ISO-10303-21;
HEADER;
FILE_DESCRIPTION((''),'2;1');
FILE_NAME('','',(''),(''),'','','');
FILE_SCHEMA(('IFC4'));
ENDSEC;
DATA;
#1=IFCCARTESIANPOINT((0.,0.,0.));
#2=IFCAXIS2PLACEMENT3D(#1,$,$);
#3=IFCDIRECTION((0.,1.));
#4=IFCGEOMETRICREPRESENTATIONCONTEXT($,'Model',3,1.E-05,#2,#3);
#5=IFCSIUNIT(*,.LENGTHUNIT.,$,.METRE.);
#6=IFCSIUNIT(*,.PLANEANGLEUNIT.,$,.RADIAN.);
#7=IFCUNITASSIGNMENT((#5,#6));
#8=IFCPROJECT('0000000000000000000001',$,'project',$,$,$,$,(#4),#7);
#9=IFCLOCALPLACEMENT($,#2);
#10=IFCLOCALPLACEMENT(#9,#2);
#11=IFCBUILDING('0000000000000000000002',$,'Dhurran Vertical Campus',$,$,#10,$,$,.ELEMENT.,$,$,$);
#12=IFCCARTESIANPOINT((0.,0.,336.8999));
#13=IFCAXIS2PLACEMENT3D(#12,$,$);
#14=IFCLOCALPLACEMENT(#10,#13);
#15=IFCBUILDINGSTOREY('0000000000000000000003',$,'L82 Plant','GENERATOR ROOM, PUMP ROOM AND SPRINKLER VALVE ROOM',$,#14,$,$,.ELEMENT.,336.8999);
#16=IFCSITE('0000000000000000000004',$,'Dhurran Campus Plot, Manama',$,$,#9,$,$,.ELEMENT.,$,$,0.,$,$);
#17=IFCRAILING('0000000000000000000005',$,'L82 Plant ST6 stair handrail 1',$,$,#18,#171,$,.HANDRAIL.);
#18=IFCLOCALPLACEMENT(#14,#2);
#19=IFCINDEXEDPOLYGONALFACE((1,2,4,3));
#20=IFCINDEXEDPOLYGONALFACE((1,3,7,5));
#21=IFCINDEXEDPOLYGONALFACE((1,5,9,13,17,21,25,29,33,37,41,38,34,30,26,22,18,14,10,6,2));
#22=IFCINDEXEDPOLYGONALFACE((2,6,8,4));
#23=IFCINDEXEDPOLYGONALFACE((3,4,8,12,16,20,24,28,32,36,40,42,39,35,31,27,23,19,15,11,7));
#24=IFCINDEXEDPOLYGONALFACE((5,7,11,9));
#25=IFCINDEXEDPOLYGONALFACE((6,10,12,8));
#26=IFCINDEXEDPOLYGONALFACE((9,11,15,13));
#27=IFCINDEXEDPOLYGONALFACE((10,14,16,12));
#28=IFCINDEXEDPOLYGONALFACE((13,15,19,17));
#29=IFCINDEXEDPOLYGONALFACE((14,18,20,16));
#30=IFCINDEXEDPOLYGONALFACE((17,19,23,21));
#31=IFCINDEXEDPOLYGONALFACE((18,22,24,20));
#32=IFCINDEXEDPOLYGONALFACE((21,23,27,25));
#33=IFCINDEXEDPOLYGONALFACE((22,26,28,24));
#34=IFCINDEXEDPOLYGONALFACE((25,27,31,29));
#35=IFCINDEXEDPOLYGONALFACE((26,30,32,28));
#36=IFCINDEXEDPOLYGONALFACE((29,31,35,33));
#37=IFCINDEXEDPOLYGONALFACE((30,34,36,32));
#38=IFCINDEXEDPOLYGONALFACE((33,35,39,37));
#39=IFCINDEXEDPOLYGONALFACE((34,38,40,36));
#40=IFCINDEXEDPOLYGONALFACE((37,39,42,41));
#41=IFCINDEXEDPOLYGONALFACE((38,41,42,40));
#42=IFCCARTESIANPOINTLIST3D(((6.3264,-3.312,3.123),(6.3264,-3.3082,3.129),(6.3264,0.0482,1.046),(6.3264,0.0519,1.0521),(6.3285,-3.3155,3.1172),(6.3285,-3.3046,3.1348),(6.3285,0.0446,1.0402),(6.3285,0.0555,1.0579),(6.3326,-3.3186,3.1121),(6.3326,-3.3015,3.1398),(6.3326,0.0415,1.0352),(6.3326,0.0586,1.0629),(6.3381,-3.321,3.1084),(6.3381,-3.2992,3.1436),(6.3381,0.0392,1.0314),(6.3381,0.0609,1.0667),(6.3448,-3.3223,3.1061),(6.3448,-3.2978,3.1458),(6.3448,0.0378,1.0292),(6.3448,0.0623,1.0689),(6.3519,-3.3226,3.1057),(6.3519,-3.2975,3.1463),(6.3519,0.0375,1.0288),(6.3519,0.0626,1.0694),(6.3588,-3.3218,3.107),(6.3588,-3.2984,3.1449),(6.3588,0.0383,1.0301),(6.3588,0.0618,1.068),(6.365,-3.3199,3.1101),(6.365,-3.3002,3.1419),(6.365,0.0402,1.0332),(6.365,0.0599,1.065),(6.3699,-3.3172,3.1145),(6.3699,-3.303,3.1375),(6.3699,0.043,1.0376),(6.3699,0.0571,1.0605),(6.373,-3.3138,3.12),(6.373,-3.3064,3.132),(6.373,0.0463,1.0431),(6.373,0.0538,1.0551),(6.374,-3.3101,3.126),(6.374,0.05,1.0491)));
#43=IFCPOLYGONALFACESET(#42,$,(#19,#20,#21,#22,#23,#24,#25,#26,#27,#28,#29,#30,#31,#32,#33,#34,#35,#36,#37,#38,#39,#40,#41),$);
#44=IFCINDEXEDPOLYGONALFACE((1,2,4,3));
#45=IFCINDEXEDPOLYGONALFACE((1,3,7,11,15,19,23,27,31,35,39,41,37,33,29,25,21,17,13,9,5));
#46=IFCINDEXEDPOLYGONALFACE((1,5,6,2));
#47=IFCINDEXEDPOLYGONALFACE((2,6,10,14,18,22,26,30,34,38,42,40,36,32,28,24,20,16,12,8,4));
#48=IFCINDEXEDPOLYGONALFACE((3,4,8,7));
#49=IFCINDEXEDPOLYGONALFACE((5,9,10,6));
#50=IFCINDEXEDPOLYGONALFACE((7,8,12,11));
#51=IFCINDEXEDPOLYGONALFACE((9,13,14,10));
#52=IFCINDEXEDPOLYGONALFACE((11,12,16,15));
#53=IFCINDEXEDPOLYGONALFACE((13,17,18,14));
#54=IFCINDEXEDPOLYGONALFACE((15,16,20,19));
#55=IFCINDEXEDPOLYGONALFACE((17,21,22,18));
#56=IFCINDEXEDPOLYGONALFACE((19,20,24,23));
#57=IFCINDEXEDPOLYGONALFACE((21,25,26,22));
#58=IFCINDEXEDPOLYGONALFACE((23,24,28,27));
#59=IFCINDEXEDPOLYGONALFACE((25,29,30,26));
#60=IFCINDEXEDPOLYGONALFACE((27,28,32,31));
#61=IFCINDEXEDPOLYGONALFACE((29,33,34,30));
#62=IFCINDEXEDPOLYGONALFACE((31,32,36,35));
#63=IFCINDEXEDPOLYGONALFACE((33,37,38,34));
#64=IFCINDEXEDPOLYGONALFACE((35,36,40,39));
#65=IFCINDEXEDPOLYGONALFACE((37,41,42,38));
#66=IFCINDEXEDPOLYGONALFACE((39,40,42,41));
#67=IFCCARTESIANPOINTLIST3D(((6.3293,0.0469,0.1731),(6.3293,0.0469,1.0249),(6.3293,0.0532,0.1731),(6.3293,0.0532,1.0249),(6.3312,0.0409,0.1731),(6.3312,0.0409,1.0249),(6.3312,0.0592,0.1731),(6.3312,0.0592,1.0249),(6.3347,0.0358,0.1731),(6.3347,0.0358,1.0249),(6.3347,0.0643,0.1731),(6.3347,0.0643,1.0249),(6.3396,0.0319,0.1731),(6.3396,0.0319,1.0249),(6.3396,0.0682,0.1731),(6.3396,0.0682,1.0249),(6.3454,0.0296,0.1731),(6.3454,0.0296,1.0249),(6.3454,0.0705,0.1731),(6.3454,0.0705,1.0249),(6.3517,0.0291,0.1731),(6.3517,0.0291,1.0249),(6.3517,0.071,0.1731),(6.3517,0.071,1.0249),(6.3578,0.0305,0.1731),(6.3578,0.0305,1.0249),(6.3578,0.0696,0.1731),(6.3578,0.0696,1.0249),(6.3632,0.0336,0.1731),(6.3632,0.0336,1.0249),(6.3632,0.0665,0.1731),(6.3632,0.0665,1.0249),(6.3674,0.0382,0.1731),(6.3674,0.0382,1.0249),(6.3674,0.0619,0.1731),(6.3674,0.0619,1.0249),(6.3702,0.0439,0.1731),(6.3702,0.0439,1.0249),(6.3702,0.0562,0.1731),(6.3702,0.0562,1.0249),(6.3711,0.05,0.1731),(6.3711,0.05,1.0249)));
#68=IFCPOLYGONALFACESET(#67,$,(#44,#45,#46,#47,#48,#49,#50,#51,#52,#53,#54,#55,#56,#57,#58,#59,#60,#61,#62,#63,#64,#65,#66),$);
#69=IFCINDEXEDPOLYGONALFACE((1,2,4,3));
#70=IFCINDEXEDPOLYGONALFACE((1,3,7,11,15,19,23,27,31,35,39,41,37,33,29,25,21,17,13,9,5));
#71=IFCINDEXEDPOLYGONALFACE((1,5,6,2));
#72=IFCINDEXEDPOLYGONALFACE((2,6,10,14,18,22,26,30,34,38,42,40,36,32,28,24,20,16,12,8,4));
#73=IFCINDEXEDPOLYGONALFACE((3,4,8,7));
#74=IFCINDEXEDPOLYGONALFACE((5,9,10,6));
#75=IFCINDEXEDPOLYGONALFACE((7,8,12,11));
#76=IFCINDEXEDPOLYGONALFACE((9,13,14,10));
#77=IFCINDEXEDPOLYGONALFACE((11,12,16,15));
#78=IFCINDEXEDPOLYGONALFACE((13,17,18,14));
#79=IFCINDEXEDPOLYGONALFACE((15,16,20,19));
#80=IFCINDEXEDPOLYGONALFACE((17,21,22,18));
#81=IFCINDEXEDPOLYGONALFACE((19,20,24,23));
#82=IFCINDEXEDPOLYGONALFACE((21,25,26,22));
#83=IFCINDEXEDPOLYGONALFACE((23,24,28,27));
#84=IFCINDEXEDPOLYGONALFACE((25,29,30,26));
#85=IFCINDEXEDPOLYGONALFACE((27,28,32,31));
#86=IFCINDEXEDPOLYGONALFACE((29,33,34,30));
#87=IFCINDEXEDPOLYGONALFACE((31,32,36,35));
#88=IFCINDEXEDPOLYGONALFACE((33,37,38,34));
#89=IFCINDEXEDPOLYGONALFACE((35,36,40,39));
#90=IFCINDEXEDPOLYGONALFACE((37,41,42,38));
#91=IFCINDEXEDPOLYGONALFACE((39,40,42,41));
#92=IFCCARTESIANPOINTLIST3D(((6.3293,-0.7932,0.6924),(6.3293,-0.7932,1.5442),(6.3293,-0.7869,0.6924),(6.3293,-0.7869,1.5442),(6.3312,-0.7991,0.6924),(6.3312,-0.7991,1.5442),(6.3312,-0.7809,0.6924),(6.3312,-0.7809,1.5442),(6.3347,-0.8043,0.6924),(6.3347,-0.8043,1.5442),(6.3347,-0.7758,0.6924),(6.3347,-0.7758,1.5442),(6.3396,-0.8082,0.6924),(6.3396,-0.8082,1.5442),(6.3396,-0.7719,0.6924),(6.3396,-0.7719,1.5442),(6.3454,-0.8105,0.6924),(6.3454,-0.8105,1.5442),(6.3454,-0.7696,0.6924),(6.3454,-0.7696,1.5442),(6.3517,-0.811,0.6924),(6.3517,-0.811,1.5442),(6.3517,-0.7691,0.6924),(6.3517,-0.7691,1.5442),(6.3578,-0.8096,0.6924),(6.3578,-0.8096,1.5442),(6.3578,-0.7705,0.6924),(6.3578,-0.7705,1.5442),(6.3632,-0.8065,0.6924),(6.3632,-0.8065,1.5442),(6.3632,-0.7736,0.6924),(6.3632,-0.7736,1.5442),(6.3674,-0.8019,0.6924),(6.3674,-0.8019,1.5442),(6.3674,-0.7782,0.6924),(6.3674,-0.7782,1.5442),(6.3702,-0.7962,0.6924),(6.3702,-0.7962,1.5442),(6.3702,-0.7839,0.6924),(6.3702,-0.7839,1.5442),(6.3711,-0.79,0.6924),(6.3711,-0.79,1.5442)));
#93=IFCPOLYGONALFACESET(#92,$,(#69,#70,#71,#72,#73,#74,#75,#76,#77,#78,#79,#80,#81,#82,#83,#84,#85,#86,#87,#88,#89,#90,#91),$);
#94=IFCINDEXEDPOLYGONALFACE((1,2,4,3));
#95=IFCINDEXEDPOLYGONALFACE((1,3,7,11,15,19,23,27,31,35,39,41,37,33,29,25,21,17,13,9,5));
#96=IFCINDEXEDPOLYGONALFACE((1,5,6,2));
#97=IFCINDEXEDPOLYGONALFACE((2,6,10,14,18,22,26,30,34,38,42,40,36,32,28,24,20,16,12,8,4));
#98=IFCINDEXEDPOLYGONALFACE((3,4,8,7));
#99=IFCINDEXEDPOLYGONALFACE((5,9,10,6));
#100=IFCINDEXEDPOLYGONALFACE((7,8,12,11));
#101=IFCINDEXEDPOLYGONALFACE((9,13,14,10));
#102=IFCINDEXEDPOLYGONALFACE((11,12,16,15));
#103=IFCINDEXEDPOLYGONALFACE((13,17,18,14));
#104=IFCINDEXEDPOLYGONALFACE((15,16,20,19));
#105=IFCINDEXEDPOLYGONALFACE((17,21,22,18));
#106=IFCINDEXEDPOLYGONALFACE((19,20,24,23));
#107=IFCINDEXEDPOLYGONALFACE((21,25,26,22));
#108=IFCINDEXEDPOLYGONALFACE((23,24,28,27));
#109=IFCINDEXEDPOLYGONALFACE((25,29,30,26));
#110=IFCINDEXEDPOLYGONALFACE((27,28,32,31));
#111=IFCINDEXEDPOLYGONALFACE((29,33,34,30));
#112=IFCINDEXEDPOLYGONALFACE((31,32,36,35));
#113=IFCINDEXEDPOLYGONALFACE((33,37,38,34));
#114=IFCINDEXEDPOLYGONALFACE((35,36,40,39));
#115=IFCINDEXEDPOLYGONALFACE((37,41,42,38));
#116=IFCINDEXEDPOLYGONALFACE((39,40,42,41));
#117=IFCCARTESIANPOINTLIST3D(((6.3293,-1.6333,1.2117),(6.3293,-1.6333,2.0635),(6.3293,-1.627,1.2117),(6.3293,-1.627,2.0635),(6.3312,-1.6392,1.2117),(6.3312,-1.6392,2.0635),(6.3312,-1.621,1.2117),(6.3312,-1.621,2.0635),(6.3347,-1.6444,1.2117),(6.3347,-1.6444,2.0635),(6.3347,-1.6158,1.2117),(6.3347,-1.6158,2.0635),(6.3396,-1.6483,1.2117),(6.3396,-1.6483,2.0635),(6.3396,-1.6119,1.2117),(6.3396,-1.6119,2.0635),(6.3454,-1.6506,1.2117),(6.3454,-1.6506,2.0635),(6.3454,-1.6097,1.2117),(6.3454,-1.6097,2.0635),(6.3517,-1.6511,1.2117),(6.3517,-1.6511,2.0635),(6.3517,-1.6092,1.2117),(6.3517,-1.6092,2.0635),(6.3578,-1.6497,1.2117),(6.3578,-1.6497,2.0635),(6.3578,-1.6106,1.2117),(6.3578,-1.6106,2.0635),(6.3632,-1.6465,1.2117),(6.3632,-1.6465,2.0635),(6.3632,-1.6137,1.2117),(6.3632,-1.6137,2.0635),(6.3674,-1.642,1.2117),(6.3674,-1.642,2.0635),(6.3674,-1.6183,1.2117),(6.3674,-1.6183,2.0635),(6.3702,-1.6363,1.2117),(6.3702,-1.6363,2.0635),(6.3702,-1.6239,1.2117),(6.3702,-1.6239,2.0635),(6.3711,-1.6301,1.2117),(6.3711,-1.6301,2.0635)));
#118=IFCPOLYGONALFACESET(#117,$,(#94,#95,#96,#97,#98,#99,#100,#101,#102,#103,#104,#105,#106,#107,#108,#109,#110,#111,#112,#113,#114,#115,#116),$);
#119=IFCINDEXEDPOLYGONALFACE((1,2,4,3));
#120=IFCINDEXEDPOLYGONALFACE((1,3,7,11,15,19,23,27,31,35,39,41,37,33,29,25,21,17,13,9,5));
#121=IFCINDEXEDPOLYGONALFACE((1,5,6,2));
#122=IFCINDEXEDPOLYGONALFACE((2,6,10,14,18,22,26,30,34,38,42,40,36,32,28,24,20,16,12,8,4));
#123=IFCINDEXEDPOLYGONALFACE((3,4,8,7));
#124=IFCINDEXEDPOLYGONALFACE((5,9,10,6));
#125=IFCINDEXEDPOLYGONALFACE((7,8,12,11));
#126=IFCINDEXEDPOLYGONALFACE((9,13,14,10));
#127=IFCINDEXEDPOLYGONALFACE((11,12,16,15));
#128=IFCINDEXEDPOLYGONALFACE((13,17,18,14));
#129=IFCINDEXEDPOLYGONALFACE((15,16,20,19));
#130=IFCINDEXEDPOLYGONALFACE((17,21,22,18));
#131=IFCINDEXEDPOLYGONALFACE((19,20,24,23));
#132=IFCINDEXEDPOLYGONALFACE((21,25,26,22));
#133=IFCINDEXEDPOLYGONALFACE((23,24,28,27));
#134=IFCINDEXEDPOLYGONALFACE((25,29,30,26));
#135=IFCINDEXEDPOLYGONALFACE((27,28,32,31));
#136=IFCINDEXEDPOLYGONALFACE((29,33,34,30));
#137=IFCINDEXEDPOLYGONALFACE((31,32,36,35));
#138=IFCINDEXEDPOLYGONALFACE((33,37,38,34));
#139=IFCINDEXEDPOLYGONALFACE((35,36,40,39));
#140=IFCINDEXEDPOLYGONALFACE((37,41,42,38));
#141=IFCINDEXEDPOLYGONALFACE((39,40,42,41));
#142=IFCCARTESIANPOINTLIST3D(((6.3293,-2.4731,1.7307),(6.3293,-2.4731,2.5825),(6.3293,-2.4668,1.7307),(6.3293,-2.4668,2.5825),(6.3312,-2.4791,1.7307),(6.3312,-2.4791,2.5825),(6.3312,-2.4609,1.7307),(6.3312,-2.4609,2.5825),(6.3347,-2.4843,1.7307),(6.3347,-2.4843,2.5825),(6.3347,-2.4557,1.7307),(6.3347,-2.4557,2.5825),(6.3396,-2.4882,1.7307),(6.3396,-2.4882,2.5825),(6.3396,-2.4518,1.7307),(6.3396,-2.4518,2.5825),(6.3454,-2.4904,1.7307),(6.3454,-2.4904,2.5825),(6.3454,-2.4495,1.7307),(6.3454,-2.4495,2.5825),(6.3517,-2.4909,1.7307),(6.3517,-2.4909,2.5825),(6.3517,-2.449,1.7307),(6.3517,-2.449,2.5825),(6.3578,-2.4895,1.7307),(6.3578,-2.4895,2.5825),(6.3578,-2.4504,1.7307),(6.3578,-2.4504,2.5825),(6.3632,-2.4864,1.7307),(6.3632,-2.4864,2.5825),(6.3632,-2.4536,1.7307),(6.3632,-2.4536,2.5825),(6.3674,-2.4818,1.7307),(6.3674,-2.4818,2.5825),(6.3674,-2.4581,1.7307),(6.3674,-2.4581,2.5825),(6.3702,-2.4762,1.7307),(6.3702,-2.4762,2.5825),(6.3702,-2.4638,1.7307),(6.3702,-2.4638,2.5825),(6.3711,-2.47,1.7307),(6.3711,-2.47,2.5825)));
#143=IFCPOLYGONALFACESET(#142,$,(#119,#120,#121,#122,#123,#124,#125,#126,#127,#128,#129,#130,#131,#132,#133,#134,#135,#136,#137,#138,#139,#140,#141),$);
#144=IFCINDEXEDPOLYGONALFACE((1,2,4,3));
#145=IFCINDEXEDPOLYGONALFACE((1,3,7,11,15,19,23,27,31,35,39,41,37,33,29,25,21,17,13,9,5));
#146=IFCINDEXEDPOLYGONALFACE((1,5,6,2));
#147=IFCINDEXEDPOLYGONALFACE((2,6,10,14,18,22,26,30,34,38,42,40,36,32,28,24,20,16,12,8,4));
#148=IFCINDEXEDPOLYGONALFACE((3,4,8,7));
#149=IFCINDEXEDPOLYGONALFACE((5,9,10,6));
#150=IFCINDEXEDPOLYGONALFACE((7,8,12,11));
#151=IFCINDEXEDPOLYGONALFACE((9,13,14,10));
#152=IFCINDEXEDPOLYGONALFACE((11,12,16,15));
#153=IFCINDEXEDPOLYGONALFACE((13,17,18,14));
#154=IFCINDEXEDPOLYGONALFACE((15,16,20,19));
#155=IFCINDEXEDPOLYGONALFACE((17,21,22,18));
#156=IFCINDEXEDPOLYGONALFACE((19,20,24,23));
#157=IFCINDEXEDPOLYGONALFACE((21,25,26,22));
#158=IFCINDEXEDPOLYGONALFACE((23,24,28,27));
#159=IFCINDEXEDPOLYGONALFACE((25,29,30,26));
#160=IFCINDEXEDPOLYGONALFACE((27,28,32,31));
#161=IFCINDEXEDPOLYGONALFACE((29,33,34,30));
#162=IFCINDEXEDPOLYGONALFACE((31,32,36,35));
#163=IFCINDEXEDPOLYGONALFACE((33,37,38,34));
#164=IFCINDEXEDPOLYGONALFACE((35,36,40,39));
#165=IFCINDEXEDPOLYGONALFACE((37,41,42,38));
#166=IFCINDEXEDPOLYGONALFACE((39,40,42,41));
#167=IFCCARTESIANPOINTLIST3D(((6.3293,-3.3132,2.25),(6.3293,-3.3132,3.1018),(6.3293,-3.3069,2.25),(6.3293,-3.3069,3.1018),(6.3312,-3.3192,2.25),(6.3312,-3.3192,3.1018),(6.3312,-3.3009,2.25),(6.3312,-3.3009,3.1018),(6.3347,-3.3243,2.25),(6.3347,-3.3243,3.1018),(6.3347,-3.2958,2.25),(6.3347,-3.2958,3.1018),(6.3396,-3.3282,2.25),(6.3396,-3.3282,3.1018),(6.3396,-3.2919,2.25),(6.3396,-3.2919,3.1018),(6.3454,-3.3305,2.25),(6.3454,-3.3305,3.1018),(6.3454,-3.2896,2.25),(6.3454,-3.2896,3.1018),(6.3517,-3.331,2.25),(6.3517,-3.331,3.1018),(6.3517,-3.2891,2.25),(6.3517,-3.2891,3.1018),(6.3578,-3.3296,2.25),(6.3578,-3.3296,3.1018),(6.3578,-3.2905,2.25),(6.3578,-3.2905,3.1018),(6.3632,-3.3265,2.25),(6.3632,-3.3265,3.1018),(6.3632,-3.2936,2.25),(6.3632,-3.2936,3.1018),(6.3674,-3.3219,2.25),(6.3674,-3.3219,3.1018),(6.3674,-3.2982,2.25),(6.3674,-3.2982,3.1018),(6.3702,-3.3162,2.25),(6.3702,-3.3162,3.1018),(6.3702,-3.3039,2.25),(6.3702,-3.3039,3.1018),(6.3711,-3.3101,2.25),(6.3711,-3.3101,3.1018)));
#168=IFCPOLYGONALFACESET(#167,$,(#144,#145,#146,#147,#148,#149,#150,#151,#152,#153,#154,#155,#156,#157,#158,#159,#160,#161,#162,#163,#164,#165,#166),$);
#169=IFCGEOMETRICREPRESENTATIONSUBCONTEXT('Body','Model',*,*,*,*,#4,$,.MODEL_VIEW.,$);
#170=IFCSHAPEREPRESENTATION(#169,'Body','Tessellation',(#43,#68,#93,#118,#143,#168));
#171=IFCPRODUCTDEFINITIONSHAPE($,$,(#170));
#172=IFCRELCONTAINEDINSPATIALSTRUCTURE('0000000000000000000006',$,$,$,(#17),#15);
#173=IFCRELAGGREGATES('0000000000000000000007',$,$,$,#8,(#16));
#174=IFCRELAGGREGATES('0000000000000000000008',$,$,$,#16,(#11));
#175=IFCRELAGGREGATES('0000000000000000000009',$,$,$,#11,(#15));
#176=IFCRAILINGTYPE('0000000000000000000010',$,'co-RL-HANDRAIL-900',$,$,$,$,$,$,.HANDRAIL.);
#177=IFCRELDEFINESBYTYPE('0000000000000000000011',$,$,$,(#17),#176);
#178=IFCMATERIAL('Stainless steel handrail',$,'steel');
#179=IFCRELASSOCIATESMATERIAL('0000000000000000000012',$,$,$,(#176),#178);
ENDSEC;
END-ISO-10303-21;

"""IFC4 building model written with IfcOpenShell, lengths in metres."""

from ifc_helpers import new_model, si_unit, direction, frame, origin, origin_2d, place, context, subcontext, project, spatial, circle, extrude, material, type_object, element, save


model = new_model("IFC4")

# Units and contexts
model_context = context("Model", 3, precision=1e-05, world=origin(), true_north=direction((0.0, 1.0)))
body_context = subcontext(model_context, "Body", "Model", "MODEL_VIEW")
ifc_project = project(units=[si_unit("LENGTHUNIT", "METRE"), si_unit("PLANEANGLEUNIT", "RADIAN")], contexts=[model_context])

# Site, building, storey
site_placement = place(None, origin())
site = spatial("IfcSite", under=ifc_project, at=site_placement, Name="Dhurran Campus Plot, Manama", CompositionType="ELEMENT", RefElevation=0.0)
building_placement = place(site_placement, origin())
building = spatial("IfcBuilding", under=site, at=building_placement, Name="Dhurran Vertical Campus", CompositionType="ELEMENT")
storey_placement = place(building_placement, frame((0.0, 0.0, 336.8999)))
storey = spatial("IfcBuildingStorey", under=building, at=storey_placement, Name="L82 Plant", Description="GENERATOR ROOM, PUMP ROOM AND SPRINKLER VALVE ROOM", CompositionType="ELEMENT", Elevation=336.8999)

# Railing
ifc_material_1 = material(Name="Stainless steel handrail", Category="steel")
railing_type_1 = type_object("IfcRailingType", Name="co-RL-HANDRAIL-900", PredefinedType="HANDRAIL", material=ifc_material_1)
railing_1_placement = place(storey_placement, frame((6.3501, 0.05, 0.1731)))
element("IfcRailing", 1, at=railing_1_placement, inside=storey, type_object=railing_type_1, Name="L82 Plant ST6 stair handrail 1", PredefinedType="HANDRAIL", context=body_context, shape_type="SweptSolid", body=[
    extrude(circle(Radius=0.0239, at=origin_2d()), frame((0.0, 0.0, 0.876), z_axis=(0.0, -0.850623, 0.525776), x_axis=(1.0, 0.0, 0.0)), (0.0, 0.0, 1.0), 3.9502),
    extrude(circle(Radius=0.021, at=origin_2d()), origin(), (0.0, 0.0, 1.0), 0.8518),
    extrude(circle(Radius=0.021, at=origin_2d()), frame((0.0, -0.8401, 0.5193)), (0.0, 0.0, 1.0), 0.8518),
    extrude(circle(Radius=0.021, at=origin_2d()), frame((0.0, -1.6802, 1.0386)), (0.0, 0.0, 1.0), 0.8518),
    extrude(circle(Radius=0.021, at=origin_2d()), frame((0.0, -2.52, 1.5576)), (0.0, 0.0, 1.0), 0.8518),
    extrude(circle(Radius=0.021, at=origin_2d()), frame((0.0, -3.3601, 2.0769)), (0.0, 0.0, 1.0), 0.8518),
])

save(model, "model.ifc")
